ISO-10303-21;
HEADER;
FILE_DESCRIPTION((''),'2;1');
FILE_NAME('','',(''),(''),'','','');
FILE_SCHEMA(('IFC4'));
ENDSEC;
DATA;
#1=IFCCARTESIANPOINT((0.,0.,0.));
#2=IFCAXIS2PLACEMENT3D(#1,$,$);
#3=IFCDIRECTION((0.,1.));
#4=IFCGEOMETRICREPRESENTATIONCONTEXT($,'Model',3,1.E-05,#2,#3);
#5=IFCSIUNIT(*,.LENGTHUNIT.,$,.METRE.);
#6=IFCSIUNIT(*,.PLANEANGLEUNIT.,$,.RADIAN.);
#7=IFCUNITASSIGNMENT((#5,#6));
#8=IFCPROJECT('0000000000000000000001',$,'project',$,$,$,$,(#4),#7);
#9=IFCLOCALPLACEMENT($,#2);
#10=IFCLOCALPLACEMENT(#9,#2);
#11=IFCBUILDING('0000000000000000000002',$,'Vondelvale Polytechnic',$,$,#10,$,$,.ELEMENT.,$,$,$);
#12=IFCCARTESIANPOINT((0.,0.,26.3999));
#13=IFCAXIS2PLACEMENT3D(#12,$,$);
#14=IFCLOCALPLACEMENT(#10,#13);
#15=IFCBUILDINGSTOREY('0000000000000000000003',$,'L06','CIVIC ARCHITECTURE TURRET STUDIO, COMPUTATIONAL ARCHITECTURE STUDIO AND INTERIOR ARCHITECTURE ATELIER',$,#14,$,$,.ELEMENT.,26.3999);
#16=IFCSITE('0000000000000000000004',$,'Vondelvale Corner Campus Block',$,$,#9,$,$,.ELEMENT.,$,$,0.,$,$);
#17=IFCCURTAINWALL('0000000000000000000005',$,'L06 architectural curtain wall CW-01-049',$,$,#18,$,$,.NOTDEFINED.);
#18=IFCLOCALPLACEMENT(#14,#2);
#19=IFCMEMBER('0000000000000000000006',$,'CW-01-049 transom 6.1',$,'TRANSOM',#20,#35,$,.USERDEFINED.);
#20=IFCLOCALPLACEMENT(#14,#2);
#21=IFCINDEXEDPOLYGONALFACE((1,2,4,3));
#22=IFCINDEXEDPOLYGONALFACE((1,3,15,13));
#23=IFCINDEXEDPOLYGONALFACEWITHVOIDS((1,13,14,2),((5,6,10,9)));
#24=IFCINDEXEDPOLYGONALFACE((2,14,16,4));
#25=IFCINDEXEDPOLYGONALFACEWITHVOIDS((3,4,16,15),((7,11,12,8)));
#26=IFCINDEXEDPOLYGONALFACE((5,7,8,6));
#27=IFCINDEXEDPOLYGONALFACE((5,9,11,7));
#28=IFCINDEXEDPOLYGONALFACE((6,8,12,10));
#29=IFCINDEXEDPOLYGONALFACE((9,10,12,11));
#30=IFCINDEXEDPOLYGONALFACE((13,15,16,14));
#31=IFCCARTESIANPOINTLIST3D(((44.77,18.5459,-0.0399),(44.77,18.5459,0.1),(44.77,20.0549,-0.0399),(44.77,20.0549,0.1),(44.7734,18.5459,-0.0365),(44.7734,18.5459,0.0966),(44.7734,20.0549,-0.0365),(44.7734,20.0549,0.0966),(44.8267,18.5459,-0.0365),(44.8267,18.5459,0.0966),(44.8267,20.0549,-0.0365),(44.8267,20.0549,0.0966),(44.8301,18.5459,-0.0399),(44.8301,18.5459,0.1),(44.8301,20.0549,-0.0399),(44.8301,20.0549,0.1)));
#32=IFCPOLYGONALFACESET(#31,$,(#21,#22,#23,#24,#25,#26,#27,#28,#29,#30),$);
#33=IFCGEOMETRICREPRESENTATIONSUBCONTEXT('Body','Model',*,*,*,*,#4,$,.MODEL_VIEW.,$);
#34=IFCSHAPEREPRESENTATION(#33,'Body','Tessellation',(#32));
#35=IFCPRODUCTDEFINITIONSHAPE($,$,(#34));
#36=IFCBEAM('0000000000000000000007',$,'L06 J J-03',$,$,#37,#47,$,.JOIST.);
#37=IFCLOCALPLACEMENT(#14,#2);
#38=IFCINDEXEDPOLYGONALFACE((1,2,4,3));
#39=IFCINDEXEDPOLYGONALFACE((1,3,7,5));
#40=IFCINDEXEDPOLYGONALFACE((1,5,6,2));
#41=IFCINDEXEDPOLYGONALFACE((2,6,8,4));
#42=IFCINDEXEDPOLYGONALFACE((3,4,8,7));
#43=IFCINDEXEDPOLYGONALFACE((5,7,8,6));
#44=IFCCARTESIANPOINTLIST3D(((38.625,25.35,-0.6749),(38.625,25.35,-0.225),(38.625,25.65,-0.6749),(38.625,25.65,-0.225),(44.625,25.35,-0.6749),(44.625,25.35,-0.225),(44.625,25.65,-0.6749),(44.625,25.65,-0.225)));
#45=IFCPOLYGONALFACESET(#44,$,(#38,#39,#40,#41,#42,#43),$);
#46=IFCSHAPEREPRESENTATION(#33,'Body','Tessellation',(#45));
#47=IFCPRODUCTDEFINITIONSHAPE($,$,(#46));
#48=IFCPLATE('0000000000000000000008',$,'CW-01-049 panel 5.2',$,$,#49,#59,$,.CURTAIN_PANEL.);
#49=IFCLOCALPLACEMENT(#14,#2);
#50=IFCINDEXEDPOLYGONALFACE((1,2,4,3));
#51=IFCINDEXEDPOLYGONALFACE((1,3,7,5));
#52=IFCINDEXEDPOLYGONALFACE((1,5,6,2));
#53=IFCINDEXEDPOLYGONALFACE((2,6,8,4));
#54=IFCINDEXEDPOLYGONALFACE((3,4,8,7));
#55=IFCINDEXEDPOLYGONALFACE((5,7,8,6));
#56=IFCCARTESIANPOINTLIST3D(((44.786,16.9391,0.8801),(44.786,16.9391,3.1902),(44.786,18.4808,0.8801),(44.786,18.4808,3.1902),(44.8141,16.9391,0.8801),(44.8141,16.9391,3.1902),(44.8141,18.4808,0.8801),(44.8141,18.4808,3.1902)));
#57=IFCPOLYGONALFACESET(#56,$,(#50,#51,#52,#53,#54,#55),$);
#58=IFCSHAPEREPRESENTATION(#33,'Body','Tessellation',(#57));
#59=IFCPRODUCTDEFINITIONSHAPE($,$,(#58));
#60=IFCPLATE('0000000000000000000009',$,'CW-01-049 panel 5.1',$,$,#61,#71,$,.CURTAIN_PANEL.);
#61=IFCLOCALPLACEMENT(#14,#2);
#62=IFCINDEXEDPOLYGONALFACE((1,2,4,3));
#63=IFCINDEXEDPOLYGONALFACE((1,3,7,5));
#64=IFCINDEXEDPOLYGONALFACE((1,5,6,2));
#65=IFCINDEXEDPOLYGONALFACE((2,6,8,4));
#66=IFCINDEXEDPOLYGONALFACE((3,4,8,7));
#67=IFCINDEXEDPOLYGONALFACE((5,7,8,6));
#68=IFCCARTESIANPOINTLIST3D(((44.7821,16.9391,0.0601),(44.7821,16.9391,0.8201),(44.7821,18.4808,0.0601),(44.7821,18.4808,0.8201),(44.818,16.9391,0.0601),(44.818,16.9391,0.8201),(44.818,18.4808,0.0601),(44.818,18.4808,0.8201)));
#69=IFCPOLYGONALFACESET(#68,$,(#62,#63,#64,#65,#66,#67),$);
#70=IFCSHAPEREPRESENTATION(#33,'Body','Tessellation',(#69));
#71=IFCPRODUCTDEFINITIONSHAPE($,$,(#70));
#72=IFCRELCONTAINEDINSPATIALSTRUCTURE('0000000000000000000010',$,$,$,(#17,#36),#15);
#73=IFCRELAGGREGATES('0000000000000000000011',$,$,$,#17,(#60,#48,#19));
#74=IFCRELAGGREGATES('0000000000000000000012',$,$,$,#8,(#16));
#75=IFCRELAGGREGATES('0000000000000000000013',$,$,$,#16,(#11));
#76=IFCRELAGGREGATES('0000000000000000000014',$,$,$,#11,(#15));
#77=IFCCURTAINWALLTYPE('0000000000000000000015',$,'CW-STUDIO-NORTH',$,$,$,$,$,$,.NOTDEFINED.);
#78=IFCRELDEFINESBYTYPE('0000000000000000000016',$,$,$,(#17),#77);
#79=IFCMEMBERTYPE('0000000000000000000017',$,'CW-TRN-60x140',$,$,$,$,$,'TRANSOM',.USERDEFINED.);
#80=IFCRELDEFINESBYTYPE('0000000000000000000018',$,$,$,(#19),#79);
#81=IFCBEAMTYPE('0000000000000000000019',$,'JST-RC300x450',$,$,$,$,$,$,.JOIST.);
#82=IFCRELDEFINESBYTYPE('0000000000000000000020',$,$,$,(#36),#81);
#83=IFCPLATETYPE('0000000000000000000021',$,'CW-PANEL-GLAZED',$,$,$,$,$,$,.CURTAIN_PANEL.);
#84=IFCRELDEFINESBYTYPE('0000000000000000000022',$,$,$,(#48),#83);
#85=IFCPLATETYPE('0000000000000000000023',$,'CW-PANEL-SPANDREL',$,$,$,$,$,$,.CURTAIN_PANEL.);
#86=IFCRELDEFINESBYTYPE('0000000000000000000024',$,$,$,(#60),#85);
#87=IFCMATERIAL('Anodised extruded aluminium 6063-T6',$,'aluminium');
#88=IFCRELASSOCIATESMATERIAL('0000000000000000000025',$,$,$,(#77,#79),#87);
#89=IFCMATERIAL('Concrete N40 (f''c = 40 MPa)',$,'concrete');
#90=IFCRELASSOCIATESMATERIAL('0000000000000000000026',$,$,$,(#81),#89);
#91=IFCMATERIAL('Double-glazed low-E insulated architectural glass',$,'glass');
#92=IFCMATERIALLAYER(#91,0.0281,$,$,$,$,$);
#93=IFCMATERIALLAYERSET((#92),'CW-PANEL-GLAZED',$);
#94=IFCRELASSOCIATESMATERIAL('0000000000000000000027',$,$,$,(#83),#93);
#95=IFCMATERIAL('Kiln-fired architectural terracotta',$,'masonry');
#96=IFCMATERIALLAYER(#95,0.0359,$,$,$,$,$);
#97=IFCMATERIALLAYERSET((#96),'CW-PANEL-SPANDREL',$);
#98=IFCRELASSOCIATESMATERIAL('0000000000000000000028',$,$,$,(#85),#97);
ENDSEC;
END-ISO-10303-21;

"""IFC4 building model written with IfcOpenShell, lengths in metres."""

from ifc_helpers import new_model, si_unit, direction, frame, origin, origin_2d, place, context, subcontext, project, spatial, rectangle, hollow_rectangle, extrude, material, layer, layer_set, material_profile, profile_set, type_object, element, aggregate, save


model = new_model("IFC4")

# Units and contexts
model_context = context("Model", 3, precision=1e-05, world=origin(), true_north=direction((0.0, 1.0)))
body_context = subcontext(model_context, "Body", "Model", "MODEL_VIEW")
ifc_project = project(units=[si_unit("LENGTHUNIT", "METRE"), si_unit("PLANEANGLEUNIT", "RADIAN")], contexts=[model_context])

# Site, building, storey
site_placement = place(None, origin())
site = spatial("IfcSite", under=ifc_project, at=site_placement, Name="Vondelvale Corner Campus Block", CompositionType="ELEMENT", RefElevation=0.0)
building_placement = place(site_placement, origin())
building = spatial("IfcBuilding", under=site, at=building_placement, Name="Vondelvale Polytechnic", CompositionType="ELEMENT")
storey_placement = place(building_placement, frame((0.0, 0.0, 26.3999)))
storey = spatial("IfcBuildingStorey", under=building, at=storey_placement, Name="L06", Description="CIVIC ARCHITECTURE TURRET STUDIO, COMPUTATIONAL ARCHITECTURE STUDIO AND INTERIOR ARCHITECTURE ATELIER", CompositionType="ELEMENT", Elevation=26.3999)

# Shared definitions
ifc_material_1 = material(Name="Concrete N40 (f'c = 40 MPa)", Category="concrete")

# Curtain wall, member
ifc_material_2 = material(Name="Anodised extruded aluminium 6063-T6", Category="aluminium")
curtain_wall_type = type_object("IfcCurtainWallType", Name="CW-STUDIO-NORTH", PredefinedType="NOTDEFINED", material=ifc_material_2)
curtain_wall_placement = place(storey_placement, origin())
curtain_wall = element("IfcCurtainWall", 1, at=curtain_wall_placement, inside=storey, type_object=curtain_wall_type, Name="L06 architectural curtain wall CW-01-049", PredefinedType="NOTDEFINED")
ifc_material_profile_1 = material_profile(ifc_material_2, hollow_rectangle(XDim=0.0601, YDim=0.1399, WallThickness=0.0034, at=origin_2d()), Name="CW-TRN-140x60")
ifc_profile_set_1 = profile_set([ifc_material_profile_1], Name="Anodised extruded aluminium 6063-T6")
member_type_1 = type_object("IfcMemberType", Name="CW-TRN-60x140", ElementType="TRANSOM", PredefinedType="USERDEFINED", material=ifc_profile_set_1)
member_1_placement = place(storey_placement, frame((44.8, 18.5459, 0.03), z_axis=(0.0, 1.0, 0.0), x_axis=(-1.0, 0.0, 0.0)))
member_1 = element("IfcMember", 2, at=member_1_placement, type_object=member_type_1, Name="CW-01-049 transom 6.1", ObjectType="TRANSOM", PredefinedType="USERDEFINED", context=body_context, shape_type="SweptSolid", body=[
    extrude(hollow_rectangle(XDim=0.0601, YDim=0.1399, WallThickness=0.0034, at=origin_2d()), origin(), (0.0, 0.0, 1.0), 1.509),
])

# Beam
ifc_material_profile_2 = material_profile(ifc_material_1, rectangle(XDim=0.3, YDim=0.45, at=origin_2d()), Name="RC-JST-300x450")
ifc_profile_set_2 = profile_set([ifc_material_profile_2], Name="Concrete N40 (f'c = 40 MPa)")
beam_type_1 = type_object("IfcBeamType", Name="JST-RC300x450", PredefinedType="JOIST", material=ifc_profile_set_2)
beam_1_placement = place(storey_placement, frame((38.625, 25.5, -0.45), z_axis=(1.0, 0.0, 0.0), x_axis=(0.0, 1.0, 0.0)))
element("IfcBeam", 3, at=beam_1_placement, inside=storey, type_object=beam_type_1, Name="L06 J J-03", PredefinedType="JOIST", context=body_context, shape_type="SweptSolid", body=[
    extrude(rectangle(XDim=0.3, YDim=0.45, at=origin_2d()), origin(), (0.0, 0.0, 1.0), 6.0),
])

# Plates
ifc_material_3 = material(Name="Double-glazed low-E insulated architectural glass", Category="glass")
ifc_layer_1 = layer(ifc_material_3, 0.0281)
ifc_layer_set_1 = layer_set([ifc_layer_1], Name="CW-PANEL-GLAZED")
plate_type_1 = type_object("IfcPlateType", Name="CW-PANEL-GLAZED", PredefinedType="CURTAIN_PANEL", material=ifc_layer_set_1)
plate_1_placement = place(storey_placement, frame((44.8, 17.71, 0.8801), z_axis=(0.0, 0.0, 1.0), x_axis=(0.0, 1.0, 0.0)))
plate_1 = element("IfcPlate", 4, at=plate_1_placement, type_object=plate_type_1, Name="CW-01-049 panel 5.2", PredefinedType="CURTAIN_PANEL", context=body_context, shape_type="SweptSolid", body=[
    extrude(rectangle(XDim=1.5417, YDim=0.0281, at=origin_2d()), origin(), (0.0, 0.0, 1.0), 2.3101),
])
ifc_material_4 = material(Name="Kiln-fired architectural terracotta", Category="masonry")
ifc_layer_2 = layer(ifc_material_4, 0.0359)
ifc_layer_set_2 = layer_set([ifc_layer_2], Name="CW-PANEL-SPANDREL")
plate_type_2 = type_object("IfcPlateType", Name="CW-PANEL-SPANDREL", PredefinedType="CURTAIN_PANEL", material=ifc_layer_set_2)
plate_2_placement = place(storey_placement, frame((44.8, 17.71, 0.0601), z_axis=(0.0, 0.0, 1.0), x_axis=(0.0, 1.0, 0.0)))
plate_2 = element("IfcPlate", 5, at=plate_2_placement, type_object=plate_type_2, Name="CW-01-049 panel 5.1", PredefinedType="CURTAIN_PANEL", context=body_context, shape_type="SweptSolid", body=[
    extrude(rectangle(XDim=1.5417, YDim=0.0359, at=origin_2d()), origin(), (0.0, 0.0, 1.0), 0.76),
])
aggregate(curtain_wall, [plate_2, plate_1, member_1])

save(model, "model.ifc")
